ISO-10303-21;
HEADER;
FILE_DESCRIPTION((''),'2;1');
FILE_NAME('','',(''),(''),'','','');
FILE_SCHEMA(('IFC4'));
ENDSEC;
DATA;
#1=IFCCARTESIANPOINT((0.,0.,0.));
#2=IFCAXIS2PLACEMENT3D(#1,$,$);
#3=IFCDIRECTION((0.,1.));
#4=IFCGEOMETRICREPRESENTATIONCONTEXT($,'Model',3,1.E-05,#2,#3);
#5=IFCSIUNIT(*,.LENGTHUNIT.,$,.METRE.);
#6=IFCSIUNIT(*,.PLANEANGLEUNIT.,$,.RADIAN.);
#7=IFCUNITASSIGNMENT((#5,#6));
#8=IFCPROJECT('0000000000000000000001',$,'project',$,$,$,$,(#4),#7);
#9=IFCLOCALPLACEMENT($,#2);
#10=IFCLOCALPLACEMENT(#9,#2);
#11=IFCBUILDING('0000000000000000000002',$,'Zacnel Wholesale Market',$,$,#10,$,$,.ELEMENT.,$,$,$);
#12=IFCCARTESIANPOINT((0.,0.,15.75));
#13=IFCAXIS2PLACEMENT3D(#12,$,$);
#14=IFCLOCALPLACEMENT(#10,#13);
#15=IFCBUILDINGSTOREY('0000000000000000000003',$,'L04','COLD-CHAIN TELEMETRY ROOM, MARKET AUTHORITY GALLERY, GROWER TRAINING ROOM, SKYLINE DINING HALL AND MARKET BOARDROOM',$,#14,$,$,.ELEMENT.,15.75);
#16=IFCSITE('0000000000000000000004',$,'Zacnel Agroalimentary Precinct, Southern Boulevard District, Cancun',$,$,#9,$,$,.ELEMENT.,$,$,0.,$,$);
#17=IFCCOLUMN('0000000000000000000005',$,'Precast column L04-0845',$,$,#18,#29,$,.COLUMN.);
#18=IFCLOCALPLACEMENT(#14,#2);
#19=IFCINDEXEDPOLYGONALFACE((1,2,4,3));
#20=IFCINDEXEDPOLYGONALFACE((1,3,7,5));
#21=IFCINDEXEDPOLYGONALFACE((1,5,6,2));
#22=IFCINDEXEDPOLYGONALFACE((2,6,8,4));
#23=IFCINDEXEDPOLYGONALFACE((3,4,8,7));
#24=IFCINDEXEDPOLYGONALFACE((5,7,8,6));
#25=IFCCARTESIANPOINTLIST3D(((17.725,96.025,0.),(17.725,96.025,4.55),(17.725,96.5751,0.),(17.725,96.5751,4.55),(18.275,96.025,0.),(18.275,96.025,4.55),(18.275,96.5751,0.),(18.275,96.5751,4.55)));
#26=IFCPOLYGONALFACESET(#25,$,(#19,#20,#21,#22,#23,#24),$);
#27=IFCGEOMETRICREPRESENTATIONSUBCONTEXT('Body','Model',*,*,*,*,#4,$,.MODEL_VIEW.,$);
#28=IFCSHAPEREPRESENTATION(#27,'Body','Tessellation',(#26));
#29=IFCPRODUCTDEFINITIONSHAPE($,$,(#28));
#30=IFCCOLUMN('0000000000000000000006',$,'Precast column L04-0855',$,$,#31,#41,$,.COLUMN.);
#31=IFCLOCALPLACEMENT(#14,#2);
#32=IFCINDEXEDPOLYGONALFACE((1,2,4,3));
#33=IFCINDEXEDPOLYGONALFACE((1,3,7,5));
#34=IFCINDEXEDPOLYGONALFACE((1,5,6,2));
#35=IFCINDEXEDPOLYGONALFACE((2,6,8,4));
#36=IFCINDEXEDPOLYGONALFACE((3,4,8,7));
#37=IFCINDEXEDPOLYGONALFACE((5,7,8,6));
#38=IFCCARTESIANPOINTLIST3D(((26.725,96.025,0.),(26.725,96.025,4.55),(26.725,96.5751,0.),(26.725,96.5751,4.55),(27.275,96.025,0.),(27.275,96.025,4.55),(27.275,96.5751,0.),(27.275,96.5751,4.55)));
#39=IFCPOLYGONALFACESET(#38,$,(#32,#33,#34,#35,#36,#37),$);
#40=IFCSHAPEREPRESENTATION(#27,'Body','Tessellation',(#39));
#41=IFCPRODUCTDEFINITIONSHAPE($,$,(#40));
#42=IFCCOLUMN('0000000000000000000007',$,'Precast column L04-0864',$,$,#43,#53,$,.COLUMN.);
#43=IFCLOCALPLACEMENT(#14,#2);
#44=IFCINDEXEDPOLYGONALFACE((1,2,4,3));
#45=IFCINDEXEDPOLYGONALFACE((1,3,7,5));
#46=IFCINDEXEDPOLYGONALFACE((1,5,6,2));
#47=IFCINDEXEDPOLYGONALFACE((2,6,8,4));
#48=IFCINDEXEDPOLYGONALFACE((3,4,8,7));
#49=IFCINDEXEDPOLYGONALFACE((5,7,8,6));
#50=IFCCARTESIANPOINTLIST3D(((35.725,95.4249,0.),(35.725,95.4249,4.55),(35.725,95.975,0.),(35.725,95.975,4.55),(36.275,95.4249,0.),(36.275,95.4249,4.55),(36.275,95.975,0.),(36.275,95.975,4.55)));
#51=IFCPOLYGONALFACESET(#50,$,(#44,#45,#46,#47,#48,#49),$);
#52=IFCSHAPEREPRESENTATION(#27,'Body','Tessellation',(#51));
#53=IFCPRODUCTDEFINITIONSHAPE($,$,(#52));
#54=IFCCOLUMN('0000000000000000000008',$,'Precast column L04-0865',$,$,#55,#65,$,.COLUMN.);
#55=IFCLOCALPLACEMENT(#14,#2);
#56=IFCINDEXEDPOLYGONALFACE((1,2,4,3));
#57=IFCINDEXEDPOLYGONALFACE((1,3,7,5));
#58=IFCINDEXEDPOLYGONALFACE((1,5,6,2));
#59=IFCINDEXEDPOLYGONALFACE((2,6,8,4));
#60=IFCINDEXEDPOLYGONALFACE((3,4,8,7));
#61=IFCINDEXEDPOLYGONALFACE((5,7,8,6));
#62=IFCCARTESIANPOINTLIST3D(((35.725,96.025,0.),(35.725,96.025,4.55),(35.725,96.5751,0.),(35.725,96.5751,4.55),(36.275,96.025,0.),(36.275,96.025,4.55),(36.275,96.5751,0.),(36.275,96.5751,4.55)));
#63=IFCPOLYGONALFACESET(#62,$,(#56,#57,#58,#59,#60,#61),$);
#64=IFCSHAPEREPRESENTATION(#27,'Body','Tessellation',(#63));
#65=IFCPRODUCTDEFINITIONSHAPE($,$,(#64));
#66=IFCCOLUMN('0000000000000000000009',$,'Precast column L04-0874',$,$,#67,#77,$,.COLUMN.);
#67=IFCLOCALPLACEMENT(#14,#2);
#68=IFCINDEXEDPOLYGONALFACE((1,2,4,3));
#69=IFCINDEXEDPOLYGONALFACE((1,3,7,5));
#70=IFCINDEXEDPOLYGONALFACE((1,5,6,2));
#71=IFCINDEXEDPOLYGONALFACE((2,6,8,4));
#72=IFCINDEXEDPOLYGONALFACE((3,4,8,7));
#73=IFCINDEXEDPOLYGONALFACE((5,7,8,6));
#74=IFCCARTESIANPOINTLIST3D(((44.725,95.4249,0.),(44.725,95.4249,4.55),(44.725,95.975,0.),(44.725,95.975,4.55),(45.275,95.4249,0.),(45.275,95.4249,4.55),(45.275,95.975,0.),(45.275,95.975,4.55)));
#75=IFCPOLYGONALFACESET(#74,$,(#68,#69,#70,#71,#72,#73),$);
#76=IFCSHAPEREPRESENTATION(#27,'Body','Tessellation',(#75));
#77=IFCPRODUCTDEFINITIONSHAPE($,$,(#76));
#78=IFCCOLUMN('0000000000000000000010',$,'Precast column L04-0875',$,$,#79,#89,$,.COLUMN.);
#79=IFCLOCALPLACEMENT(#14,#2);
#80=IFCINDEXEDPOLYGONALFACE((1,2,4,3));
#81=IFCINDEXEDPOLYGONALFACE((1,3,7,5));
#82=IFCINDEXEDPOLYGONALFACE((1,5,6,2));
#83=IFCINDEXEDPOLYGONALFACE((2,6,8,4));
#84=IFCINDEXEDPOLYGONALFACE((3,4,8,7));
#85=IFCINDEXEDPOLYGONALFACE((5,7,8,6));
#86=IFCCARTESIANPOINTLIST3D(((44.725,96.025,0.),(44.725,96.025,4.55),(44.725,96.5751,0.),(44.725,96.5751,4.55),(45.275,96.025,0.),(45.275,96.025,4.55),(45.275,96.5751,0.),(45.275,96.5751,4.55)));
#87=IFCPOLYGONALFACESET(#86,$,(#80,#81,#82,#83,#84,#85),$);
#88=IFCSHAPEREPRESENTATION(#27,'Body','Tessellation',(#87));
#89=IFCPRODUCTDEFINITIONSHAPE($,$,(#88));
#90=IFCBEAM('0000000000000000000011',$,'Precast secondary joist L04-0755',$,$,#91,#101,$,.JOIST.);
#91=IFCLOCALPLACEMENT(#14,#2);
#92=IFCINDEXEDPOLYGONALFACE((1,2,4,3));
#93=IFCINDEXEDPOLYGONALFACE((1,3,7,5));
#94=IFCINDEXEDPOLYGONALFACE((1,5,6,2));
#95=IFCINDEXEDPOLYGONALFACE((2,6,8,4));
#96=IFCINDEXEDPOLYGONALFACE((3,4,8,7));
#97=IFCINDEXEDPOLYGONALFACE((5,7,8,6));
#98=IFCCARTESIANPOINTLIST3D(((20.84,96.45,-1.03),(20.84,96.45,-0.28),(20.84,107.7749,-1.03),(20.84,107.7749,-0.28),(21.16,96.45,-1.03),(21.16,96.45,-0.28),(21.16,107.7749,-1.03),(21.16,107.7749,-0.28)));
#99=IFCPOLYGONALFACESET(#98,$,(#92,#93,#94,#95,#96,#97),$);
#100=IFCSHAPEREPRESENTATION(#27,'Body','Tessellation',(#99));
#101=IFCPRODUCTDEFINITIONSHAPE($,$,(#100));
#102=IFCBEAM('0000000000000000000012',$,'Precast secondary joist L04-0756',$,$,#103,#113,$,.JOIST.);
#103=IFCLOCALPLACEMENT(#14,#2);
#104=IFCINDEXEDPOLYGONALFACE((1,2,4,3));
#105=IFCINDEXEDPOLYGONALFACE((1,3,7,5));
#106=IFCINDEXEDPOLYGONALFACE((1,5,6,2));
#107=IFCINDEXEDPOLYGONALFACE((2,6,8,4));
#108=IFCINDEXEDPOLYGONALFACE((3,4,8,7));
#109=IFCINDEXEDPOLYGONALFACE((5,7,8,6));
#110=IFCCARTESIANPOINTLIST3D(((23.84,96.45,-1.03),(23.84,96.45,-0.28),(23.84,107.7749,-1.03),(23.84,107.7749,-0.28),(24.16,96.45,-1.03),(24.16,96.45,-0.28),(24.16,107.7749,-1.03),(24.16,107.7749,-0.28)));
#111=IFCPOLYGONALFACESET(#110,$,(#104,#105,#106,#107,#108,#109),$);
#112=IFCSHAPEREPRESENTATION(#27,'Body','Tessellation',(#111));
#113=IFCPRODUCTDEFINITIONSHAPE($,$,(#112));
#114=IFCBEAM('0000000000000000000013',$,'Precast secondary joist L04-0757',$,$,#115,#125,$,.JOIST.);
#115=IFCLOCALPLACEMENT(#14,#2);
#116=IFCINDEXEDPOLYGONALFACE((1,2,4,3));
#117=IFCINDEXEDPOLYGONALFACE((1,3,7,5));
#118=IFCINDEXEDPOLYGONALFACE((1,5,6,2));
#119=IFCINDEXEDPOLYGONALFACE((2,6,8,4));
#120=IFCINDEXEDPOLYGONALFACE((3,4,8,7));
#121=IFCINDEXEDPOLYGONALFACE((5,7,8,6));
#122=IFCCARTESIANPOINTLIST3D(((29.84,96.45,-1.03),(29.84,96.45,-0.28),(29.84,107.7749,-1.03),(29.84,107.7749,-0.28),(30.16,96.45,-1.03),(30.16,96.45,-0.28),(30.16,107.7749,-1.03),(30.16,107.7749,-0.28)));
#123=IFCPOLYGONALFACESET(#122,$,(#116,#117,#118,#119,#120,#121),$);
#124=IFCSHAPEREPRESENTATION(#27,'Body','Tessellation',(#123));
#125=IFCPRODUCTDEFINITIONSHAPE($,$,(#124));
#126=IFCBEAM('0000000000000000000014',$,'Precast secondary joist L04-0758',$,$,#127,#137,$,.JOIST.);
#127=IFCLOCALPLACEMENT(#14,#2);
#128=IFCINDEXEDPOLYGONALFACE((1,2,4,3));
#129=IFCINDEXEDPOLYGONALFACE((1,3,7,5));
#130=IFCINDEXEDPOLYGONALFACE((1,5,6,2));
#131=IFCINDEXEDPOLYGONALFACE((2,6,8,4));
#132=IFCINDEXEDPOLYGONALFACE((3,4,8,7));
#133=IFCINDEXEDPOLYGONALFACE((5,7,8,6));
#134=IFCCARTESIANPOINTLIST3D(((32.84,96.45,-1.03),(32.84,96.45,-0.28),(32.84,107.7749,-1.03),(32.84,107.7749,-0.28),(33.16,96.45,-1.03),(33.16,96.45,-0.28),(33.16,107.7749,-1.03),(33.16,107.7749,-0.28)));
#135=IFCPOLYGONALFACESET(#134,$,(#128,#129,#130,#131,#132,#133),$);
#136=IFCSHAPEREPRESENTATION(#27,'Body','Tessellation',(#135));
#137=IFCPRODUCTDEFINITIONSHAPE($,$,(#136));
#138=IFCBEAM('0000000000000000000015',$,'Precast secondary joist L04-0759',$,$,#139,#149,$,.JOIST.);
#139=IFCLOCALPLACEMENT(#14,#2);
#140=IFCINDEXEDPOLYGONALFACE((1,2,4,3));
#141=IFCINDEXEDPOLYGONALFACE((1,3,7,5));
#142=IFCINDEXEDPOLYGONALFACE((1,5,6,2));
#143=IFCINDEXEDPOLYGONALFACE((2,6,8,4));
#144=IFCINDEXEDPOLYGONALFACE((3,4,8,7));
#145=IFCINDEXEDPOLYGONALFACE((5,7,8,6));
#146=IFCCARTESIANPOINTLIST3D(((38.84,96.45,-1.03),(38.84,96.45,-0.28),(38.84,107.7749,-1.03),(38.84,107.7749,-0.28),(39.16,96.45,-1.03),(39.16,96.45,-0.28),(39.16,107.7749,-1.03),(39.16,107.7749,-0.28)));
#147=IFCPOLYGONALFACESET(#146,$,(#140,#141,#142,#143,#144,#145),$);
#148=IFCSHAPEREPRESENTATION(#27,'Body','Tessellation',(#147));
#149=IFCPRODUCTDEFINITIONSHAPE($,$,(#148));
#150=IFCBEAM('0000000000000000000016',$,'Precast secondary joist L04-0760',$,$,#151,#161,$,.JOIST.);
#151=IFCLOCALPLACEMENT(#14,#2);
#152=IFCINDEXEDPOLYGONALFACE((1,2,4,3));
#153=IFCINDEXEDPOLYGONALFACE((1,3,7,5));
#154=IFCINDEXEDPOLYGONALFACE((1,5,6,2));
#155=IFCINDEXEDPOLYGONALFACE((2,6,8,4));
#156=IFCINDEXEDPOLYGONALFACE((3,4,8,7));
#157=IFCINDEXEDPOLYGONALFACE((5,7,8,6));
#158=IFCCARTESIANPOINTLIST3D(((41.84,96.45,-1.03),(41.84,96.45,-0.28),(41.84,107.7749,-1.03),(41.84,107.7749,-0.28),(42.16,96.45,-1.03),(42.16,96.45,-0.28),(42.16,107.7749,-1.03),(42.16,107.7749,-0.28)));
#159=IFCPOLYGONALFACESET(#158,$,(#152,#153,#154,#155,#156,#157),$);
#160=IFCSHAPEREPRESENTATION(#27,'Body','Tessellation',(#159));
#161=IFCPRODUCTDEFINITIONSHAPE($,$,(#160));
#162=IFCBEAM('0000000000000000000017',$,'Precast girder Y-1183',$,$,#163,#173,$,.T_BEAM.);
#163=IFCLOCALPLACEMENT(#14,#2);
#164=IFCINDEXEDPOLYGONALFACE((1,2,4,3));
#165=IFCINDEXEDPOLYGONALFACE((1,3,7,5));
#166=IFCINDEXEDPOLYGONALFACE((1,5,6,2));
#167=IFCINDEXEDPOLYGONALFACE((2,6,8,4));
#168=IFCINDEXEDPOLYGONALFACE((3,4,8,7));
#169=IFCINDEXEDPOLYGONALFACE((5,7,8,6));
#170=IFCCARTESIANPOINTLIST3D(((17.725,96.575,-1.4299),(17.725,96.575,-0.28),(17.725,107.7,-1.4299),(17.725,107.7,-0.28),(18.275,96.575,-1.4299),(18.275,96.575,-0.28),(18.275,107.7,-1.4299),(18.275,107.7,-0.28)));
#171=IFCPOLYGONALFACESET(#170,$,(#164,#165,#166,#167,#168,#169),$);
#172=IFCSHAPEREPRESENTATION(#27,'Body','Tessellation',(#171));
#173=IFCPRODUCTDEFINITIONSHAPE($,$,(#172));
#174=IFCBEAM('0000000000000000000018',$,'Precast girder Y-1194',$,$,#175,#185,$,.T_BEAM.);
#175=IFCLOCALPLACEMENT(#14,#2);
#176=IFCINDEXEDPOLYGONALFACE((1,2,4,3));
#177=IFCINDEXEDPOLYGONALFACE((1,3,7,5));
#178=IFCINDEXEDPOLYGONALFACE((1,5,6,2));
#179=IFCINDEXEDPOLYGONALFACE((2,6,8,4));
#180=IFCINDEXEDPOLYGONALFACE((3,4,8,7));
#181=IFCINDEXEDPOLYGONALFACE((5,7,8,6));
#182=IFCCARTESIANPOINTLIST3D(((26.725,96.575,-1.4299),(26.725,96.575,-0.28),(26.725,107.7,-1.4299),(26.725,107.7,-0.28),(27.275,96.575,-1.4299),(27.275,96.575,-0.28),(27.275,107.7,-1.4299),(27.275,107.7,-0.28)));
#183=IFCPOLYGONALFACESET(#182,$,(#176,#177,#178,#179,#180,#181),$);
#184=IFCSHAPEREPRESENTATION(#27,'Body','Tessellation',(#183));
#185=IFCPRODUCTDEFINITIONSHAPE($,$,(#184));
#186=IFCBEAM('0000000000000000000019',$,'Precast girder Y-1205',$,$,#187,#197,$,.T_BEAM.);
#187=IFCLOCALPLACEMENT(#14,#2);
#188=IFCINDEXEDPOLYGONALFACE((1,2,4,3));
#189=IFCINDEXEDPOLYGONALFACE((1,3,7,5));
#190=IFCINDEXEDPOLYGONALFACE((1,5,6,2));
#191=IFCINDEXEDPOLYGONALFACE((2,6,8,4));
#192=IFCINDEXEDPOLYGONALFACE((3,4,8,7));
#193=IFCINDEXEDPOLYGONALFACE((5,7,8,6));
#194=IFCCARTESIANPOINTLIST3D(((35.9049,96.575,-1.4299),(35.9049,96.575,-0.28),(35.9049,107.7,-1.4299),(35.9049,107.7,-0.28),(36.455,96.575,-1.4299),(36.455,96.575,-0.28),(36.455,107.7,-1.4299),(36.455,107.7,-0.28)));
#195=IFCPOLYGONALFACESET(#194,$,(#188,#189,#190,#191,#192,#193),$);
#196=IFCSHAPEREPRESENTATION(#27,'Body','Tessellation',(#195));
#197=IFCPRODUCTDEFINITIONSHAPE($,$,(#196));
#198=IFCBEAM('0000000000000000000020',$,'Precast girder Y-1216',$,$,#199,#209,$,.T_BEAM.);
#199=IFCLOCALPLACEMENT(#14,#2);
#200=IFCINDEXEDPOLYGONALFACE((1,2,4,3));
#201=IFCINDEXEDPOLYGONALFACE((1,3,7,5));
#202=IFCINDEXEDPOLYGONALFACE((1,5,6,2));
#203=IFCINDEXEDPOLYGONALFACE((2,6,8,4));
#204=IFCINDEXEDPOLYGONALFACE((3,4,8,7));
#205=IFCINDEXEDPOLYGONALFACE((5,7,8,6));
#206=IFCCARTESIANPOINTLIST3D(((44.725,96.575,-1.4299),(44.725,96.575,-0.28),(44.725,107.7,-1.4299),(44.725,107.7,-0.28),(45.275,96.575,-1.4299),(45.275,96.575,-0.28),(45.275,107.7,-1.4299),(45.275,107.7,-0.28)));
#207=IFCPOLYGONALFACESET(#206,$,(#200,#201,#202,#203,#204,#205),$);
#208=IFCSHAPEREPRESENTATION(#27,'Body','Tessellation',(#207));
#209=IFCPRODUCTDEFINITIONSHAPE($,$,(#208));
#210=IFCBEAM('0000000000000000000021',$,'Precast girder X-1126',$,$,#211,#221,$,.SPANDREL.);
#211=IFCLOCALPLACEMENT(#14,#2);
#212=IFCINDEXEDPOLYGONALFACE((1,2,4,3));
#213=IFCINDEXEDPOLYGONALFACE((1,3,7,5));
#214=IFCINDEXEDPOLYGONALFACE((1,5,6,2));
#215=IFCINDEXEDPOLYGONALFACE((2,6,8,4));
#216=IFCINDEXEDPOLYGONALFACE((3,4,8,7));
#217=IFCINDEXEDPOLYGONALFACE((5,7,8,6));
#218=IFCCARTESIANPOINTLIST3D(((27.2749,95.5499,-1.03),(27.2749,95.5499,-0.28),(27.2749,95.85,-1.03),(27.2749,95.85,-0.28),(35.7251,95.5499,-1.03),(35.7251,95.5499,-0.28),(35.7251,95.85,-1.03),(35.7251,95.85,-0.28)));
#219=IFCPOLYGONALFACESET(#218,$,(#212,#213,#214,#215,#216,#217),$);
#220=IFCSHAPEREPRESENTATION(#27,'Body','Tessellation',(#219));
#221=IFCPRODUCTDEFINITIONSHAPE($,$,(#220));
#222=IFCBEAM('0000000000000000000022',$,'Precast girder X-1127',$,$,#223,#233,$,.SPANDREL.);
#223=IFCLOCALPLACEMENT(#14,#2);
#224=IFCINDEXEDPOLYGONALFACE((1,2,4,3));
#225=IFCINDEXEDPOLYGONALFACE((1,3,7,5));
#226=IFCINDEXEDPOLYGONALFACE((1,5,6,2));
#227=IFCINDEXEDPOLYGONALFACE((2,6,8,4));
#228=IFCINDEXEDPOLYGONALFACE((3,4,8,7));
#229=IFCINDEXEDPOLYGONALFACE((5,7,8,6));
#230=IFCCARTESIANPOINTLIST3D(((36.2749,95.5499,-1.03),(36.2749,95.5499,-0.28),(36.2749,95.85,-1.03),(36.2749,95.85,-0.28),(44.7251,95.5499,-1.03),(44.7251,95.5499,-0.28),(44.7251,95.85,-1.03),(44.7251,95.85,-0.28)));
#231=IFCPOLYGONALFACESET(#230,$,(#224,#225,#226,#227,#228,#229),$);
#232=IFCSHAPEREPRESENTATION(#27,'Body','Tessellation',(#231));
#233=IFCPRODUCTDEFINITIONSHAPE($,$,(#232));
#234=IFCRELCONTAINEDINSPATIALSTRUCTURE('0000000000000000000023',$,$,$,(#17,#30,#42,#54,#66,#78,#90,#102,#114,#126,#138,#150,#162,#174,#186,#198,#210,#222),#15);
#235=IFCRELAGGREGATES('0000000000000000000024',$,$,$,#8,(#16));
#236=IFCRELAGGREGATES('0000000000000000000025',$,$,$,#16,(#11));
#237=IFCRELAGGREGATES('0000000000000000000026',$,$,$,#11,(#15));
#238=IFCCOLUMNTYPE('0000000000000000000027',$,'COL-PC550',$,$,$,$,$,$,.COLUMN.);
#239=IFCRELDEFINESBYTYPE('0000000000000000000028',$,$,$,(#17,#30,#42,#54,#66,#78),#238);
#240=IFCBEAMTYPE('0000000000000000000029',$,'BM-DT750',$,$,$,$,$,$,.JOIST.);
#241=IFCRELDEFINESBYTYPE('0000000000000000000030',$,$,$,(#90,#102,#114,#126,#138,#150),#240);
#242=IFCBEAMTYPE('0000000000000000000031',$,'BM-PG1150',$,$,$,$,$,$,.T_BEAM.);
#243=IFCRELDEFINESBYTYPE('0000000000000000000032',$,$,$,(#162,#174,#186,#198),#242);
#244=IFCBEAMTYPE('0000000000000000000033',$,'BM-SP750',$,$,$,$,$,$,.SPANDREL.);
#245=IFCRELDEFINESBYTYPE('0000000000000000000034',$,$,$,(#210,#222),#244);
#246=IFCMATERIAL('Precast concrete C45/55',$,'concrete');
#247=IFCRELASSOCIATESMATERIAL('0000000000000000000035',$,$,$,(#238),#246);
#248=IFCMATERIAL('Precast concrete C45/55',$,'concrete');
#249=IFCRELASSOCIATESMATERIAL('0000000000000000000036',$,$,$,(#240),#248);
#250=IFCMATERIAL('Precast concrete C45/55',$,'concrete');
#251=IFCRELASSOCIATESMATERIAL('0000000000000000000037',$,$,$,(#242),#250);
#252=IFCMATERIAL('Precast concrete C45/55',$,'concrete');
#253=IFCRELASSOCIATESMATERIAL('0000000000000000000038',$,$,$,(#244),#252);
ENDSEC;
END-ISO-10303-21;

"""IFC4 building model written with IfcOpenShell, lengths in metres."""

from ifc_helpers import new_model, si_unit, direction, frame, origin, origin_2d, place, context, subcontext, project, spatial, rectangle, extrude, material, material_profile, profile_set, type_object, element, save


model = new_model("IFC4")

# Units and contexts
model_context = context("Model", 3, precision=1e-05, world=origin(), true_north=direction((0.0, 1.0)))
body_context = subcontext(model_context, "Body", "Model", "MODEL_VIEW")
ifc_project = project(units=[si_unit("LENGTHUNIT", "METRE"), si_unit("PLANEANGLEUNIT", "RADIAN")], contexts=[model_context])

# Site, building, storey
site_placement = place(None, origin())
site = spatial("IfcSite", under=ifc_project, at=site_placement, Name="Zacnel Agroalimentary Precinct, Southern Boulevard District, Cancun", CompositionType="ELEMENT", RefElevation=0.0)
building_placement = place(site_placement, origin())
building = spatial("IfcBuilding", under=site, at=building_placement, Name="Zacnel Wholesale Market", CompositionType="ELEMENT")
storey_placement = place(building_placement, frame((0.0, 0.0, 15.75)))
storey = spatial("IfcBuildingStorey", under=building, at=storey_placement, Name="L04", Description="COLD-CHAIN TELEMETRY ROOM, MARKET AUTHORITY GALLERY, GROWER TRAINING ROOM, SKYLINE DINING HALL AND MARKET BOARDROOM", CompositionType="ELEMENT", Elevation=15.75)

# Columns
ifc_material_1 = material(Name="Precast concrete C45/55", Category="concrete")
ifc_material_profile_1 = material_profile(ifc_material_1, rectangle(XDim=0.55, YDim=0.55, at=origin_2d()), Name="PC 550x550")
ifc_profile_set_1 = profile_set([ifc_material_profile_1], Name="Precast concrete C45/55")
column_type = type_object("IfcColumnType", Name="COL-PC550", PredefinedType="COLUMN", material=ifc_profile_set_1)
for number, where, z_axis, x_axis, name in (
    (1, (18.0, 96.3, 0.0), (0.0, 0.0, 1.0), (1.0, 0.0, 0.0), "Precast column L04-0845"),
    (2, (27.0, 96.3, 0.0), (0.0, 0.0, 1.0), (1.0, 0.0, 0.0), "Precast column L04-0855"),
    (3, (36.0, 95.7, 0.0), (0.0, 0.0, 1.0), (1.0, 0.0, 0.0), "Precast column L04-0864"),
    (4, (36.0, 96.3, 0.0), (0.0, 0.0, 1.0), (1.0, 0.0, 0.0), "Precast column L04-0865"),
    (5, (45.0, 95.7, 0.0), (0.0, 0.0, 1.0), (1.0, 0.0, 0.0), "Precast column L04-0874"),
    (6, (45.0, 96.3, 0.0), (0.0, 0.0, 1.0), (1.0, 0.0, 0.0), "Precast column L04-0875"),
):
    element("IfcColumn", number, at=place(storey_placement, frame(where, z_axis=z_axis, x_axis=x_axis)), inside=storey, type_object=column_type, Name=name, PredefinedType="COLUMN", context=body_context, shape_type="SweptSolid", body=[
        extrude(rectangle(XDim=0.55, YDim=0.55, at=origin_2d()), origin(), (0.0, 0.0, 1.0), 4.55),
    ])

# Beams
ifc_material_2 = material(Name="Precast concrete C45/55", Category="concrete")
ifc_material_profile_2 = material_profile(ifc_material_2, rectangle(XDim=0.3201, YDim=0.75, at=origin_2d()), Name="DT RIB 320x750")
ifc_profile_set_2 = profile_set([ifc_material_profile_2], Name="Precast concrete C45/55")
beam_type_1 = type_object("IfcBeamType", Name="BM-DT750", PredefinedType="JOIST", material=ifc_profile_set_2)
for number, where, z_axis, x_axis, name in (
    (7, (21.0, 96.45, -0.655), (0.0, 1.0, 0.0), (-1.0, 0.0, 0.0), "Precast secondary joist L04-0755"),
    (8, (24.0, 96.45, -0.655), (0.0, 1.0, 0.0), (-1.0, 0.0, 0.0), "Precast secondary joist L04-0756"),
    (9, (30.0, 96.45, -0.655), (0.0, 1.0, 0.0), (-1.0, 0.0, 0.0), "Precast secondary joist L04-0757"),
    (10, (33.0, 96.45, -0.655), (0.0, 1.0, 0.0), (-1.0, 0.0, 0.0), "Precast secondary joist L04-0758"),
    (11, (39.0, 96.45, -0.655), (0.0, 1.0, 0.0), (-1.0, 0.0, 0.0), "Precast secondary joist L04-0759"),
    (12, (42.0, 96.45, -0.655), (0.0, 1.0, 0.0), (-1.0, 0.0, 0.0), "Precast secondary joist L04-0760"),
):
    element("IfcBeam", number, at=place(storey_placement, frame(where, z_axis=z_axis, x_axis=x_axis)), inside=storey, type_object=beam_type_1, Name=name, PredefinedType="JOIST", context=body_context, shape_type="SweptSolid", body=[
        extrude(rectangle(XDim=0.3201, YDim=0.75, at=origin_2d()), origin(), (0.0, 0.0, 1.0), 11.325),
    ])
ifc_material_3 = material(Name="Precast concrete C45/55", Category="concrete")
ifc_material_profile_3 = material_profile(ifc_material_3, rectangle(XDim=0.55, YDim=1.1499, at=origin_2d()), Name="PG 550x1150")
ifc_profile_set_3 = profile_set([ifc_material_profile_3], Name="Precast concrete C45/55")
beam_type_2 = type_object("IfcBeamType", Name="BM-PG1150", PredefinedType="T_BEAM", material=ifc_profile_set_3)
for number, where, z_axis, x_axis, name in (
    (13, (18.0, 96.575, -0.855), (0.0, 1.0, 0.0), (-1.0, 0.0, 0.0), "Precast girder Y-1183"),
    (14, (27.0, 96.575, -0.855), (0.0, 1.0, 0.0), (-1.0, 0.0, 0.0), "Precast girder Y-1194"),
    (15, (36.1799, 96.575, -0.855), (0.0, 1.0, 0.0), (-1.0, 0.0, 0.0), "Precast girder Y-1205"),
    (16, (45.0, 96.575, -0.855), (0.0, 1.0, 0.0), (-1.0, 0.0, 0.0), "Precast girder Y-1216"),
):
    element("IfcBeam", number, at=place(storey_placement, frame(where, z_axis=z_axis, x_axis=x_axis)), inside=storey, type_object=beam_type_2, Name=name, PredefinedType="T_BEAM", context=body_context, shape_type="SweptSolid", body=[
        extrude(rectangle(XDim=0.55, YDim=1.1499, at=origin_2d()), origin(), (0.0, 0.0, 1.0), 11.125),
    ])
ifc_material_4 = material(Name="Precast concrete C45/55", Category="concrete")
ifc_material_profile_4 = material_profile(ifc_material_4, rectangle(XDim=0.3, YDim=0.75, at=origin_2d()), Name="SP 300x750")
ifc_profile_set_4 = profile_set([ifc_material_profile_4], Name="Precast concrete C45/55")
beam_type_3 = type_object("IfcBeamType", Name="BM-SP750", PredefinedType="SPANDREL", material=ifc_profile_set_4)
for number, where, z_axis, x_axis, name in (
    (17, (27.2749, 95.7, -0.655), (1.0, 0.0, 0.0), (0.0, 1.0, 0.0), "Precast girder X-1126"),
    (18, (36.2749, 95.7, -0.655), (1.0, 0.0, 0.0), (0.0, 1.0, 0.0), "Precast girder X-1127"),
):
    element("IfcBeam", number, at=place(storey_placement, frame(where, z_axis=z_axis, x_axis=x_axis)), inside=storey, type_object=beam_type_3, Name=name, PredefinedType="SPANDREL", context=body_context, shape_type="SweptSolid", body=[
        extrude(rectangle(XDim=0.3, YDim=0.75, at=origin_2d()), origin(), (0.0, 0.0, 1.0), 8.4502),
    ])

save(model, "model.ifc")
